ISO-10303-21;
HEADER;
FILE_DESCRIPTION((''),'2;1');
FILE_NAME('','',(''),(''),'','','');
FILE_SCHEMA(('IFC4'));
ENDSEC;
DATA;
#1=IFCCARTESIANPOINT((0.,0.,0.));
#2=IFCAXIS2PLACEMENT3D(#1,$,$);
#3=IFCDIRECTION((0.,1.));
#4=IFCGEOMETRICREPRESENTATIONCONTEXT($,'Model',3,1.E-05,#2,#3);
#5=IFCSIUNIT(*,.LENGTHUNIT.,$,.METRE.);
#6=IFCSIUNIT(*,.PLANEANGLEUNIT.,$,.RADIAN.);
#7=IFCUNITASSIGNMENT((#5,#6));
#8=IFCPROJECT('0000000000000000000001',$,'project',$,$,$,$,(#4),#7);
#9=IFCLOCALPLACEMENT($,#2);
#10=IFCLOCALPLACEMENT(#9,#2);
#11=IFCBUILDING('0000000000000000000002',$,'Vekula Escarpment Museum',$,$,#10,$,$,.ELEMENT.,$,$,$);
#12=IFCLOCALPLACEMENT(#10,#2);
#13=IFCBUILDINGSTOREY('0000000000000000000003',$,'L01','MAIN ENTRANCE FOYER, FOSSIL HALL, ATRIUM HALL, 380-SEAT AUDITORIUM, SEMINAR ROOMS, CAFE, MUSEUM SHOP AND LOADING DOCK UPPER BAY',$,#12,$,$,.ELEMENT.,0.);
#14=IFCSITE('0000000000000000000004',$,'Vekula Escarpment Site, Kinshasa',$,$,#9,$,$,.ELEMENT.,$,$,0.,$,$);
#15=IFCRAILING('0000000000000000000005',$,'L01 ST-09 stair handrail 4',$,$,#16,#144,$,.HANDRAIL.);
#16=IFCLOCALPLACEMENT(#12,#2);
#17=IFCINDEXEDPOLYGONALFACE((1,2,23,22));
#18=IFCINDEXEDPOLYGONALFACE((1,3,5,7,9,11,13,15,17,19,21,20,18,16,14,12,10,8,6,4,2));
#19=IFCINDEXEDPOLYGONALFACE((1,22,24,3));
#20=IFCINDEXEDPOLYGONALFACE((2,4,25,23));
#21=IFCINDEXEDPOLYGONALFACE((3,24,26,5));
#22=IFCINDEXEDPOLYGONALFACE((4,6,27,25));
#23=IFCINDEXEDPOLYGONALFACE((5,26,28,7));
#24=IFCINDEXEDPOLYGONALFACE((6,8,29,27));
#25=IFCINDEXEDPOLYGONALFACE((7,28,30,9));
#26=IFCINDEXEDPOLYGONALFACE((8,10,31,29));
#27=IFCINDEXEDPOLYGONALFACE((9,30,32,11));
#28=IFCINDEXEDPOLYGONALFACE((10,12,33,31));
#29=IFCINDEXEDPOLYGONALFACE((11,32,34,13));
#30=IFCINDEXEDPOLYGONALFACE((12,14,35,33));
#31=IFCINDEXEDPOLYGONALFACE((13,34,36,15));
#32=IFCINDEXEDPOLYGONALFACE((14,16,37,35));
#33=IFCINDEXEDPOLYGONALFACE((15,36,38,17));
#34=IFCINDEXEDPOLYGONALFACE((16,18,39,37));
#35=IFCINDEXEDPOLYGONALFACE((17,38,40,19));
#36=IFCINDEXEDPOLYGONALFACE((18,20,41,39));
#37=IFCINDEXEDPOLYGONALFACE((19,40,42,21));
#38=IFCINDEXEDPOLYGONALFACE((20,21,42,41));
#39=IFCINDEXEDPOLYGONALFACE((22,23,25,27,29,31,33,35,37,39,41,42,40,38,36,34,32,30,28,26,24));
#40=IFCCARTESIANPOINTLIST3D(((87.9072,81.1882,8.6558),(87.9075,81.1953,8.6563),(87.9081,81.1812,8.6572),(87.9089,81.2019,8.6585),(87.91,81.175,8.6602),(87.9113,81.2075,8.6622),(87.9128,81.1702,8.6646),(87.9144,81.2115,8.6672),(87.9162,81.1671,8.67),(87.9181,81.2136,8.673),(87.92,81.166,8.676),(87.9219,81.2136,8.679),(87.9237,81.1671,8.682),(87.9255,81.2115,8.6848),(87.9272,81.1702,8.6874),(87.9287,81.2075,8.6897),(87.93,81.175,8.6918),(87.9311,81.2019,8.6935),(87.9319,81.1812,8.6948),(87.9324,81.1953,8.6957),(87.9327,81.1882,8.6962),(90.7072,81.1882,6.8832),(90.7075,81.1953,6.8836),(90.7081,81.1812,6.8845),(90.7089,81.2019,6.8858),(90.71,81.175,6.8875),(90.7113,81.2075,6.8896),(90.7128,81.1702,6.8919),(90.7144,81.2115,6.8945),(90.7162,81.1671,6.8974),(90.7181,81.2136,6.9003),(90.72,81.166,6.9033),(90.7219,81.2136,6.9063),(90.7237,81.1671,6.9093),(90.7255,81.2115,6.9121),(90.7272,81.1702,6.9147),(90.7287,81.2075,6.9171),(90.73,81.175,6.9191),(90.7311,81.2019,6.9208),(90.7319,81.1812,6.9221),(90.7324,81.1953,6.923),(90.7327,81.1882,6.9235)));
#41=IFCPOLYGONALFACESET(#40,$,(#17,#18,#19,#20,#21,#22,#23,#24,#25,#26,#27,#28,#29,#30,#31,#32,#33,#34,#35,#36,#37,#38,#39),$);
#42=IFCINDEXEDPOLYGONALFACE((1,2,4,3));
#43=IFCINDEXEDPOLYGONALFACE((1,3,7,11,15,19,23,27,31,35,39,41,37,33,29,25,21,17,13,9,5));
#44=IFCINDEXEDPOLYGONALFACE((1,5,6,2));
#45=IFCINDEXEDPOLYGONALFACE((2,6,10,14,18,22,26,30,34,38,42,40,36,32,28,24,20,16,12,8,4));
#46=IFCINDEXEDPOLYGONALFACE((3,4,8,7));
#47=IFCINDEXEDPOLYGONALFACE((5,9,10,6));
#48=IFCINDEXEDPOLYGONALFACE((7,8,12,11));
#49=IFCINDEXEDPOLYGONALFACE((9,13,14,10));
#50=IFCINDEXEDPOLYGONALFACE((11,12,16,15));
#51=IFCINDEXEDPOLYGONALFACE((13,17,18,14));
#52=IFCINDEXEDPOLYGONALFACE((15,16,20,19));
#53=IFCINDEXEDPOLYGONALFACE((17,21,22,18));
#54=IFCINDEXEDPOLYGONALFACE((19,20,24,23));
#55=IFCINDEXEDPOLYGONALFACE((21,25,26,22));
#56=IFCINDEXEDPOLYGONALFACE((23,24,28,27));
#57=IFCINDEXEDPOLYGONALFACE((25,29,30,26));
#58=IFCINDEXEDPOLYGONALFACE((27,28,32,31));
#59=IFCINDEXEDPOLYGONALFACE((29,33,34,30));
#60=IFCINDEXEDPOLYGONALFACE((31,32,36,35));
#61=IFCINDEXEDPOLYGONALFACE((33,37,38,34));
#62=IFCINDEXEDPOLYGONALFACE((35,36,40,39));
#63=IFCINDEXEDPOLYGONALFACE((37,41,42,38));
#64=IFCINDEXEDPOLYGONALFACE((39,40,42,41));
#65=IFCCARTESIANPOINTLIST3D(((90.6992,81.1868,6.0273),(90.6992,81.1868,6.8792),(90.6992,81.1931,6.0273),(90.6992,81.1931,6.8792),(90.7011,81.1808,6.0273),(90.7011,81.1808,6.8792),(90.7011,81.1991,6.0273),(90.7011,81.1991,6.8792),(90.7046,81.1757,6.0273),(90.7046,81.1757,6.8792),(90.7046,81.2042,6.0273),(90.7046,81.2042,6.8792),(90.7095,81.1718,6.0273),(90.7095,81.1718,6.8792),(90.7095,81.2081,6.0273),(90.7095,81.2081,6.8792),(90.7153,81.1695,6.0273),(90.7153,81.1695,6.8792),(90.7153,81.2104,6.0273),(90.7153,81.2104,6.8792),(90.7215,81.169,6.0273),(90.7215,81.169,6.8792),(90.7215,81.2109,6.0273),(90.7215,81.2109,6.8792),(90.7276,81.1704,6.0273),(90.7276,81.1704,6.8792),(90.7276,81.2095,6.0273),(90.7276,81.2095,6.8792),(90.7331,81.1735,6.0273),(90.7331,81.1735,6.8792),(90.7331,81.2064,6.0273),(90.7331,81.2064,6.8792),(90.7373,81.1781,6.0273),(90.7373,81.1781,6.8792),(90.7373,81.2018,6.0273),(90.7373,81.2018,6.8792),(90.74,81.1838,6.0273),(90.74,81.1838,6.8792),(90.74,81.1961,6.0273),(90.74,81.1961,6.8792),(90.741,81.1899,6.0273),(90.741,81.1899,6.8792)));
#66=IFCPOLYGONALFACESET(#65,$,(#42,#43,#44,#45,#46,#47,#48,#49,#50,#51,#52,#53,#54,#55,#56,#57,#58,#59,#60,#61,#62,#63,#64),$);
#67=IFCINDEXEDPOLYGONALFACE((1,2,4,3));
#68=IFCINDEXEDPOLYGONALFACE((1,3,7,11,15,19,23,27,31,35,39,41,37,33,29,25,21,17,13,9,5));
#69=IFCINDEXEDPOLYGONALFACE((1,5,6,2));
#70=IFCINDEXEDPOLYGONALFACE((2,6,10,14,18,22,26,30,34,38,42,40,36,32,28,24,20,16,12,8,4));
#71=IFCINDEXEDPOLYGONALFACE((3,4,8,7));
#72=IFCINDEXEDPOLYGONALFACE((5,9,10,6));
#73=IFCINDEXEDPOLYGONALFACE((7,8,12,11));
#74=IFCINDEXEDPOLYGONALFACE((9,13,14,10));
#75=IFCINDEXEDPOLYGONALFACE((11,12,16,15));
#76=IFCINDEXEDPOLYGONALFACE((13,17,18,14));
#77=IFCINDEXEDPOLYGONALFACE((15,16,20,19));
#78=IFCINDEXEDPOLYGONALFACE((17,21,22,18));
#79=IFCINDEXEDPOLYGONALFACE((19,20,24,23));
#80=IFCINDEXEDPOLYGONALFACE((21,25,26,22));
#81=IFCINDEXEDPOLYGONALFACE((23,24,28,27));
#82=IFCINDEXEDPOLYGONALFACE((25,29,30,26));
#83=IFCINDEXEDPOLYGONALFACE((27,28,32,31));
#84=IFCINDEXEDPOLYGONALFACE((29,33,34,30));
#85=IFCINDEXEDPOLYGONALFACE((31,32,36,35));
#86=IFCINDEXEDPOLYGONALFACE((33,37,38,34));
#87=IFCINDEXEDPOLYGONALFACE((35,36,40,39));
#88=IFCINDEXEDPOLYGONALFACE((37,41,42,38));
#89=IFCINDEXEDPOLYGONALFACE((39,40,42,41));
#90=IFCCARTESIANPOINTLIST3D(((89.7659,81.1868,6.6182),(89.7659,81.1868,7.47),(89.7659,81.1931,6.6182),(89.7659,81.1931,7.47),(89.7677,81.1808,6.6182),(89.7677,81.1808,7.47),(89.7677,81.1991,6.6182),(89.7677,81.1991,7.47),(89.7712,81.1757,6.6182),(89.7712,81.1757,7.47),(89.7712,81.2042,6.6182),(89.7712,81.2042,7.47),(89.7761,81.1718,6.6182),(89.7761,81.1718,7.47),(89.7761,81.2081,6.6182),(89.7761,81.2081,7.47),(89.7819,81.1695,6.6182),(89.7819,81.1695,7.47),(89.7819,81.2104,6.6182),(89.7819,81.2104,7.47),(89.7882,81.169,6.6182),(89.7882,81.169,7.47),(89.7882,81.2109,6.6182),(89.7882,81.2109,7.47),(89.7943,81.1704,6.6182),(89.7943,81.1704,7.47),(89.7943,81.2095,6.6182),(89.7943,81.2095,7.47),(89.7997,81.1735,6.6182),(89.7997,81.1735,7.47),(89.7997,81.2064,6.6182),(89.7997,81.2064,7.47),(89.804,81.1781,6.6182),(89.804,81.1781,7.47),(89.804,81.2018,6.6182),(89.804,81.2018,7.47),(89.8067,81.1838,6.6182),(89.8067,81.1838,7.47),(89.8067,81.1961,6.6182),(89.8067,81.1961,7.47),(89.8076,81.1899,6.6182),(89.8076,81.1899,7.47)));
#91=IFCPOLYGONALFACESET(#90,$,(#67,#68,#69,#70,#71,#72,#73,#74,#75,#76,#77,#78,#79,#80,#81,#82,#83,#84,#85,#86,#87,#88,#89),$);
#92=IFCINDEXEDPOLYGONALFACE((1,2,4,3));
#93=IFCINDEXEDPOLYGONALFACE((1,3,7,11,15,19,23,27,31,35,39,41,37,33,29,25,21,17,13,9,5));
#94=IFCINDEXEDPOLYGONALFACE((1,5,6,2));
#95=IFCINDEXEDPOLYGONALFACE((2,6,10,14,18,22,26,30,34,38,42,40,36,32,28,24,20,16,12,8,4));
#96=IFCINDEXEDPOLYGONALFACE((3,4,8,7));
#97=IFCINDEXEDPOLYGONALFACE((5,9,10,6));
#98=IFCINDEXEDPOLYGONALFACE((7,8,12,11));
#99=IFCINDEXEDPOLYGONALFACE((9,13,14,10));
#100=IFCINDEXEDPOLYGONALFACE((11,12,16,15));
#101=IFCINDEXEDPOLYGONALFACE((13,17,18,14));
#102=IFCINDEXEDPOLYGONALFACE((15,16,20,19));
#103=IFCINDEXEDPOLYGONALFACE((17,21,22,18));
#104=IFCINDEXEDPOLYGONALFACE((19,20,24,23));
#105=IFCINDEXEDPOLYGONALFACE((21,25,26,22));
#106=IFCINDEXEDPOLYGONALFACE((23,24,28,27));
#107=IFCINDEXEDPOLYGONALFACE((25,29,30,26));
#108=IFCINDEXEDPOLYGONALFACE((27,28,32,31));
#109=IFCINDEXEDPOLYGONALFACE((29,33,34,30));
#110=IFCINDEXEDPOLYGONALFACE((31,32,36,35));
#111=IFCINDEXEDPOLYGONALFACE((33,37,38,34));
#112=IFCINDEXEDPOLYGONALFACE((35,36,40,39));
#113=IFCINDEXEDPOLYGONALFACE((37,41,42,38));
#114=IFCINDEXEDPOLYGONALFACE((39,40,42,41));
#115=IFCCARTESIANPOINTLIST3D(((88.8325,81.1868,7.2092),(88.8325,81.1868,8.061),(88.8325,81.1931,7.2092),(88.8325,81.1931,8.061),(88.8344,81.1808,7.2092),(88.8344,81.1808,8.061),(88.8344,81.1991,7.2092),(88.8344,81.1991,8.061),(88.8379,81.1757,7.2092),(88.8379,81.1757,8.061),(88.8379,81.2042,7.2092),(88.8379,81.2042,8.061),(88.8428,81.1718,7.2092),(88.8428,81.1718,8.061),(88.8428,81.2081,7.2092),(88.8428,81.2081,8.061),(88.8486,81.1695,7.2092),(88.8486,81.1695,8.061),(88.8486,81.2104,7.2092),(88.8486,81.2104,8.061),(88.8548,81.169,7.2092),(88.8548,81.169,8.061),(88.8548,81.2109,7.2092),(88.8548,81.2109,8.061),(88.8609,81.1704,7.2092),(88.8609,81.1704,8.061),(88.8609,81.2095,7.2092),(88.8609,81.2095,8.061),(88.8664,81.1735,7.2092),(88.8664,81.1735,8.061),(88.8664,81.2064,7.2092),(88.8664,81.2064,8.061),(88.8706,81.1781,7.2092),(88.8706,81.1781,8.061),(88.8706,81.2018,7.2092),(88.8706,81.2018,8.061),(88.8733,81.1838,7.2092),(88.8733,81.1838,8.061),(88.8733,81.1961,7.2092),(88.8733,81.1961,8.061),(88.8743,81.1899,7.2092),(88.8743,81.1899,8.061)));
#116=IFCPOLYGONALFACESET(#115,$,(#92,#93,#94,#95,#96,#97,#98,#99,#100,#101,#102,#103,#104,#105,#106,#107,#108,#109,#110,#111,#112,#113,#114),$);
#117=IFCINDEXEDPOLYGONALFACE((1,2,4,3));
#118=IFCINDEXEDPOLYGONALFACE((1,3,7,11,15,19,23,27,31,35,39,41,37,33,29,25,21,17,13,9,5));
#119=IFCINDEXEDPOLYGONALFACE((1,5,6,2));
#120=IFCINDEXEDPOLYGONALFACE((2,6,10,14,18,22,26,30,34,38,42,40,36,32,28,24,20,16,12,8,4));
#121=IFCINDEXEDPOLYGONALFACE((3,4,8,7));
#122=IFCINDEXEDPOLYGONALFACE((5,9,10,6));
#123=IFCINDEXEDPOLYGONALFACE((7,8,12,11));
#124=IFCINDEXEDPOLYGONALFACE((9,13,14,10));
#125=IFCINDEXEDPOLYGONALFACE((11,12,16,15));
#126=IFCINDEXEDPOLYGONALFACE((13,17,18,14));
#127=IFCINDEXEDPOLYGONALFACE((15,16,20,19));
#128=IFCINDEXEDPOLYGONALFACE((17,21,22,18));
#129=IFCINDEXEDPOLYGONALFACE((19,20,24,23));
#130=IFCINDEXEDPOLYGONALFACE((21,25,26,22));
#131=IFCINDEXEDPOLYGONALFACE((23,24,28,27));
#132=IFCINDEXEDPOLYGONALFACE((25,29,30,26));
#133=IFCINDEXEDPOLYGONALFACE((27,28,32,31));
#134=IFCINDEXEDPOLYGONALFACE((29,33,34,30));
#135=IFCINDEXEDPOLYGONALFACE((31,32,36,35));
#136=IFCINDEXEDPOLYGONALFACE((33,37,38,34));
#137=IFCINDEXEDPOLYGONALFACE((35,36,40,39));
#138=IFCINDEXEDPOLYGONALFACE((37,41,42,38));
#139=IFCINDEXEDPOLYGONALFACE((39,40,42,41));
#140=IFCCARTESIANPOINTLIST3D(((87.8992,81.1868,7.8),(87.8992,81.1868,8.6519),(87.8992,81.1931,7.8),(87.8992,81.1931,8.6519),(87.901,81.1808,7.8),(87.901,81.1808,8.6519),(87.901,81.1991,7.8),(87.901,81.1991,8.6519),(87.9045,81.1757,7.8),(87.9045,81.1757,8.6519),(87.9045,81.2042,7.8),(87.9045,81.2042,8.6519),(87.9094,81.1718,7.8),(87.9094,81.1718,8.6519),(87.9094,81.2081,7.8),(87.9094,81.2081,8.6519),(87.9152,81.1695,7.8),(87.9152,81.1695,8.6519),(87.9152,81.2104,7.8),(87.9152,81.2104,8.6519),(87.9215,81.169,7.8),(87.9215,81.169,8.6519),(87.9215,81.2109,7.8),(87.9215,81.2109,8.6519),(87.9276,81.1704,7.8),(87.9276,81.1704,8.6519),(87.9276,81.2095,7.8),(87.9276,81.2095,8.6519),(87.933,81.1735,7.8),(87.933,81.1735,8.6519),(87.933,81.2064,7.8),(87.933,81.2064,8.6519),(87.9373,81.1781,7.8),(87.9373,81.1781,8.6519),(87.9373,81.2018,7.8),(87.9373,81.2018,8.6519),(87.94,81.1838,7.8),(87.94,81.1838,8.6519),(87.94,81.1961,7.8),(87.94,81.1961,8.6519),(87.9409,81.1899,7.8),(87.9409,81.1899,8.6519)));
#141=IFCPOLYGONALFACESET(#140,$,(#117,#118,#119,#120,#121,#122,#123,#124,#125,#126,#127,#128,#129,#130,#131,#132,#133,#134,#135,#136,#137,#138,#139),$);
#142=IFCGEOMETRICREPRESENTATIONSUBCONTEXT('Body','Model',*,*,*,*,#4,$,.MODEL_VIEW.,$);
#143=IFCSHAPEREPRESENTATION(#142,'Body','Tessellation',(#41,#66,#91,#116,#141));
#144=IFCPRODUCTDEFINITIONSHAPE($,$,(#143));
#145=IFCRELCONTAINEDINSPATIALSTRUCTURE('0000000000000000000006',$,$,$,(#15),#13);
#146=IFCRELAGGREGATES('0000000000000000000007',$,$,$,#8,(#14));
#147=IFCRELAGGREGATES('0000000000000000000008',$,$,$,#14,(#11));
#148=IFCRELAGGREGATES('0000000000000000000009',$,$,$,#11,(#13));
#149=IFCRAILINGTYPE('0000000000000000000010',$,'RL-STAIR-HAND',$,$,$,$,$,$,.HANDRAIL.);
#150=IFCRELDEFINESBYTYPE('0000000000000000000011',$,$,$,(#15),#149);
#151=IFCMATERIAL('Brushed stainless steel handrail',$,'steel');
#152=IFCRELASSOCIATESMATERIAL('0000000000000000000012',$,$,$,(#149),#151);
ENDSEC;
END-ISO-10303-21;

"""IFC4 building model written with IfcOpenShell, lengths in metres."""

from ifc_helpers import new_model, si_unit, direction, frame, origin, origin_2d, place, context, subcontext, project, spatial, circle, extrude, material, type_object, element, save


model = new_model("IFC4")

# Units and contexts
model_context = context("Model", 3, precision=1e-05, world=origin(), true_north=direction((0.0, 1.0)))
body_context = subcontext(model_context, "Body", "Model", "MODEL_VIEW")
ifc_project = project(units=[si_unit("LENGTHUNIT", "METRE"), si_unit("PLANEANGLEUNIT", "RADIAN")], contexts=[model_context])

# Site, building, storey
site_placement = place(None, origin())
site = spatial("IfcSite", under=ifc_project, at=site_placement, Name="Vekula Escarpment Site, Kinshasa", CompositionType="ELEMENT", RefElevation=0.0)
building_placement = place(site_placement, origin())
building = spatial("IfcBuilding", under=site, at=building_placement, Name="Vekula Escarpment Museum", CompositionType="ELEMENT")
storey_placement = place(building_placement, origin())
storey = spatial("IfcBuildingStorey", under=building, at=storey_placement, Name="L01", Description="MAIN ENTRANCE FOYER, FOSSIL HALL, ATRIUM HALL, 380-SEAT AUDITORIUM, SEMINAR ROOMS, CAFE, MUSEUM SHOP AND LOADING DOCK UPPER BAY", CompositionType="ELEMENT", Elevation=0.0)

# Railing
ifc_material_1 = material(Name="Brushed stainless steel handrail", Category="steel")
railing_type_1 = type_object("IfcRailingType", Name="RL-STAIR-HAND", PredefinedType="HANDRAIL", material=ifc_material_1)
for number, where, name in (
    (1, (90.72, 81.1899, 6.0273), "L01 ST-09 stair handrail 4"),
):
    element("IfcRailing", number, at=place(storey_placement, frame(where)), inside=storey, type_object=railing_type_1, Name=name, PredefinedType="HANDRAIL", context=body_context, shape_type="SweptSolid", body=[
        extrude(circle(Radius=0.0239, at=origin_2d()), frame((0.0, 0.0, 0.876), z_axis=(-0.844909, 0.0, 0.53491), x_axis=(0.0, -1.0, 0.0)), (0.0, 0.0, 1.0), 3.314),
        extrude(circle(Radius=0.021, at=origin_2d()), origin(), (0.0, 0.0, 1.0), 0.8518),
        extrude(circle(Radius=0.021, at=origin_2d()), frame((-0.9333, 0.0, 0.5908)), (0.0, 0.0, 1.0), 0.8518),
        extrude(circle(Radius=0.021, at=origin_2d()), frame((-1.8667, 0.0, 1.1819)), (0.0, 0.0, 1.0), 0.8518),
        extrude(circle(Radius=0.021, at=origin_2d()), frame((-2.8, 0.0, 1.7727)), (0.0, 0.0, 1.0), 0.8518),
    ])

save(model, "model.ifc")
